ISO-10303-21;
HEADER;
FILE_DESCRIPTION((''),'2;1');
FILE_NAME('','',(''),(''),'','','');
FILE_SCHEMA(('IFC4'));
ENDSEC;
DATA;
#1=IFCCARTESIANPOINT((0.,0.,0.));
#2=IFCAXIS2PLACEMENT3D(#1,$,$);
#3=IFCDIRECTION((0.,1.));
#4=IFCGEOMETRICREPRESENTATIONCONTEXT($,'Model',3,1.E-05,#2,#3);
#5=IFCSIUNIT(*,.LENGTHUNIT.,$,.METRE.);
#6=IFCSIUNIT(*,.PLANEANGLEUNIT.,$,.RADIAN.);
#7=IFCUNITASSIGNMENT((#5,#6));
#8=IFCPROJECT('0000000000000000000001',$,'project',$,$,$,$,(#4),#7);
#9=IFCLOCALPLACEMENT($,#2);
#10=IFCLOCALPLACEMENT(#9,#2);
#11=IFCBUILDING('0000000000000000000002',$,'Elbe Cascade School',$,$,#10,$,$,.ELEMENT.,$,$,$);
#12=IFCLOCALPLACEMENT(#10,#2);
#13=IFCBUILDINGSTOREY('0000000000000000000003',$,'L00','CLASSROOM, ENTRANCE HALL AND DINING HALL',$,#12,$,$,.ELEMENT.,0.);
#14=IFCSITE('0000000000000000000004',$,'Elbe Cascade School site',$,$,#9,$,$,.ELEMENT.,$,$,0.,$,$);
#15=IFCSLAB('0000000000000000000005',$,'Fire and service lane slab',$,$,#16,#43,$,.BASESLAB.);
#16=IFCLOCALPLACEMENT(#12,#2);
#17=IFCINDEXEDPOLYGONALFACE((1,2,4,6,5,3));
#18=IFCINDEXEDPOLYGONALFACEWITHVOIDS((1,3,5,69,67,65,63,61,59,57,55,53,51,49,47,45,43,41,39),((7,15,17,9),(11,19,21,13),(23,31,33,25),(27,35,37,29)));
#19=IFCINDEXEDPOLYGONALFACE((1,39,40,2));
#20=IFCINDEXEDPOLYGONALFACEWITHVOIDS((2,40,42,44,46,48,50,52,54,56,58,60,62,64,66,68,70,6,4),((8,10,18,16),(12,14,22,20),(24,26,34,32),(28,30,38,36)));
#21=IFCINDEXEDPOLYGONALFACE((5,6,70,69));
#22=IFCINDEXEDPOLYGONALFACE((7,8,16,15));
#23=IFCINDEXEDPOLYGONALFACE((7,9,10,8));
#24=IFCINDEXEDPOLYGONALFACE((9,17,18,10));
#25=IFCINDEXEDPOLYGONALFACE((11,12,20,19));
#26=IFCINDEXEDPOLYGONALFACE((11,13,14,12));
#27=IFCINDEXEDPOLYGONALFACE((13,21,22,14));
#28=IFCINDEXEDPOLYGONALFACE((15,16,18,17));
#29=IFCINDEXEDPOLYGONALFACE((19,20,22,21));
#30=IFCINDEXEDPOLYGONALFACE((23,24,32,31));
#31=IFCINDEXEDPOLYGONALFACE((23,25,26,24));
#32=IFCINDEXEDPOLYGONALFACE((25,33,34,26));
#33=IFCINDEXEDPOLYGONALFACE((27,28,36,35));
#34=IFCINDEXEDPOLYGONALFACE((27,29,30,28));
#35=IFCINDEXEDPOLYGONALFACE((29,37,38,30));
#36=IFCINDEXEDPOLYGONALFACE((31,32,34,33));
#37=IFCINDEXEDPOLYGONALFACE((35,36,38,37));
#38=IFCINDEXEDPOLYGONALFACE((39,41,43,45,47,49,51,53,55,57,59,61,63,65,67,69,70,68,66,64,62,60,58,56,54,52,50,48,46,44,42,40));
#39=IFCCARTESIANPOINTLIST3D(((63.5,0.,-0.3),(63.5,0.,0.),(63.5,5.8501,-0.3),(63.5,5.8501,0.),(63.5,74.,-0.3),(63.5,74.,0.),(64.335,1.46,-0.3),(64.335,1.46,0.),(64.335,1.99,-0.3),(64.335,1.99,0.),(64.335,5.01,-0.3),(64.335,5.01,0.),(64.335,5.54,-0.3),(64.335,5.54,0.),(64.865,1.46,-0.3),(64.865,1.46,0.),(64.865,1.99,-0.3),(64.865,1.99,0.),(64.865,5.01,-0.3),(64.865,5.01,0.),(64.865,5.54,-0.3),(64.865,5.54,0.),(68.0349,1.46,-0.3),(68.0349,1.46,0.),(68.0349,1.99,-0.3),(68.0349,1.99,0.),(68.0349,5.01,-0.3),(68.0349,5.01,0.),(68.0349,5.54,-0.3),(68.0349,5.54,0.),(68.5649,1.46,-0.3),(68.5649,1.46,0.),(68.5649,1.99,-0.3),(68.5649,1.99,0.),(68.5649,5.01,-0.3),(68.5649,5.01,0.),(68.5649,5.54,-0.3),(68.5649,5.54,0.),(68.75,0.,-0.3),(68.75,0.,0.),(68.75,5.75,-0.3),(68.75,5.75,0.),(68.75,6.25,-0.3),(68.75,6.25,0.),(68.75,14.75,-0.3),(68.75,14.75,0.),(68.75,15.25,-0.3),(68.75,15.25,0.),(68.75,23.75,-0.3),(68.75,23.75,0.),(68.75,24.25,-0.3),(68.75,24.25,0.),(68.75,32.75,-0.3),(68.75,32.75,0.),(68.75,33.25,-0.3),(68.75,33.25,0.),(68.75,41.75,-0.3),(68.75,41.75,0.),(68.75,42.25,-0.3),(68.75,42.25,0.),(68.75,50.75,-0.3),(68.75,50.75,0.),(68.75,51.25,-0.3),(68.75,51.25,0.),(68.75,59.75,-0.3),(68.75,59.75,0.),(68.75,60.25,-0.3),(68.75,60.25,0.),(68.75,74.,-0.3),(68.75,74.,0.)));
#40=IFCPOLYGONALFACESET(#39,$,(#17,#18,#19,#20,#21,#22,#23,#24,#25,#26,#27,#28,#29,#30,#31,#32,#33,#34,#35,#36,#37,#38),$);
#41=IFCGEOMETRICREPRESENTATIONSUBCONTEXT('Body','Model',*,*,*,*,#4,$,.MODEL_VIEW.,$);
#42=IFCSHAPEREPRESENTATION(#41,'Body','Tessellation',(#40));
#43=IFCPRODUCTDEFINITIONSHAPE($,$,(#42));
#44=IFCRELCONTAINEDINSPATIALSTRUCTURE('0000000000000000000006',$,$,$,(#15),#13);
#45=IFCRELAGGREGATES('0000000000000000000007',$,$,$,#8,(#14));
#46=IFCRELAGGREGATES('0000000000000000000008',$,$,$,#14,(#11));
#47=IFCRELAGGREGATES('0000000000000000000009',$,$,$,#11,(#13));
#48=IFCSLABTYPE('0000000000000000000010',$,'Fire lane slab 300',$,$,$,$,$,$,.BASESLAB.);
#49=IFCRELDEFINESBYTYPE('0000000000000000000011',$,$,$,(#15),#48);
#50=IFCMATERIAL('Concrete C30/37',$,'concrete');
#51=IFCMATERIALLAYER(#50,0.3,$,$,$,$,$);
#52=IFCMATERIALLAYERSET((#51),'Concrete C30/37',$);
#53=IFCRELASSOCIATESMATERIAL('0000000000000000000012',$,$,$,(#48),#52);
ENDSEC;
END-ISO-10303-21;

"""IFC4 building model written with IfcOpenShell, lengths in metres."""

from ifc_helpers import new_model, si_unit, direction, frame, origin, place, context, subcontext, project, spatial, polyline, outline, extrude, material, layer, layer_set, type_object, element, save


model = new_model("IFC4")

# Units and contexts
model_context = context("Model", 3, precision=1e-05, world=origin(), true_north=direction((0.0, 1.0)))
body_context = subcontext(model_context, "Body", "Model", "MODEL_VIEW")
ifc_project = project(units=[si_unit("LENGTHUNIT", "METRE"), si_unit("PLANEANGLEUNIT", "RADIAN")], contexts=[model_context])

# Site, building, storey
site_placement = place(None, origin())
site = spatial("IfcSite", under=ifc_project, at=site_placement, Name="Elbe Cascade School site", CompositionType="ELEMENT", RefElevation=0.0)
building_placement = place(site_placement, origin())
building = spatial("IfcBuilding", under=site, at=building_placement, Name="Elbe Cascade School", CompositionType="ELEMENT")
storey_placement = place(building_placement, origin())
storey = spatial("IfcBuildingStorey", under=building, at=storey_placement, Name="L00", Description="CLASSROOM, ENTRANCE HALL AND DINING HALL", CompositionType="ELEMENT", Elevation=0.0)

# Slab
ifc_material_1 = material(Name="Concrete C30/37", Category="concrete")
ifc_layer_1 = layer(ifc_material_1, 0.3)
ifc_layer_set_1 = layer_set([ifc_layer_1], Name="Concrete C30/37")
slab_type_1 = type_object("IfcSlabType", Name="Fire lane slab 300", PredefinedType="BASESLAB", material=ifc_layer_set_1)
slab_1_placement = place(storey_placement, frame((0.0, 0.0, -0.3)))
element("IfcSlab", 1, at=slab_1_placement, inside=storey, type_object=slab_type_1, Name="Fire and service lane slab", PredefinedType="BASESLAB", context=body_context, shape_type="SweptSolid", body=[
    extrude(outline(polyline([(63.5, 0.0), (68.75, 0.0), (68.75, 5.75), (68.75, 6.25), (68.75, 14.75), (68.75, 15.25), (68.75, 23.75), (68.75, 24.25), (68.75, 32.75), (68.75, 33.25), (68.75, 41.75), (68.75, 42.25), (68.75, 50.75), (68.75, 51.25), (68.75, 59.75), (68.75, 60.25), (68.75, 74.0), (63.5, 74.0), (63.5, 5.8501), (63.5, 0.0)]), holes=[polyline([(64.865, 1.99), (64.865, 1.46), (64.335, 1.46), (64.335, 1.99), (64.865, 1.99)]), polyline([(64.865, 5.01), (64.335, 5.01), (64.335, 5.54), (64.865, 5.54), (64.865, 5.01)]), polyline([(68.0349, 1.46), (68.0349, 1.99), (68.5649, 1.99), (68.5649, 1.46), (68.0349, 1.46)]), polyline([(68.0349, 5.54), (68.5649, 5.54), (68.5649, 5.01), (68.0349, 5.01), (68.0349, 5.54)])]), origin(), (0.0, 0.0, 1.0), 0.3),
])

save(model, "model.ifc")
